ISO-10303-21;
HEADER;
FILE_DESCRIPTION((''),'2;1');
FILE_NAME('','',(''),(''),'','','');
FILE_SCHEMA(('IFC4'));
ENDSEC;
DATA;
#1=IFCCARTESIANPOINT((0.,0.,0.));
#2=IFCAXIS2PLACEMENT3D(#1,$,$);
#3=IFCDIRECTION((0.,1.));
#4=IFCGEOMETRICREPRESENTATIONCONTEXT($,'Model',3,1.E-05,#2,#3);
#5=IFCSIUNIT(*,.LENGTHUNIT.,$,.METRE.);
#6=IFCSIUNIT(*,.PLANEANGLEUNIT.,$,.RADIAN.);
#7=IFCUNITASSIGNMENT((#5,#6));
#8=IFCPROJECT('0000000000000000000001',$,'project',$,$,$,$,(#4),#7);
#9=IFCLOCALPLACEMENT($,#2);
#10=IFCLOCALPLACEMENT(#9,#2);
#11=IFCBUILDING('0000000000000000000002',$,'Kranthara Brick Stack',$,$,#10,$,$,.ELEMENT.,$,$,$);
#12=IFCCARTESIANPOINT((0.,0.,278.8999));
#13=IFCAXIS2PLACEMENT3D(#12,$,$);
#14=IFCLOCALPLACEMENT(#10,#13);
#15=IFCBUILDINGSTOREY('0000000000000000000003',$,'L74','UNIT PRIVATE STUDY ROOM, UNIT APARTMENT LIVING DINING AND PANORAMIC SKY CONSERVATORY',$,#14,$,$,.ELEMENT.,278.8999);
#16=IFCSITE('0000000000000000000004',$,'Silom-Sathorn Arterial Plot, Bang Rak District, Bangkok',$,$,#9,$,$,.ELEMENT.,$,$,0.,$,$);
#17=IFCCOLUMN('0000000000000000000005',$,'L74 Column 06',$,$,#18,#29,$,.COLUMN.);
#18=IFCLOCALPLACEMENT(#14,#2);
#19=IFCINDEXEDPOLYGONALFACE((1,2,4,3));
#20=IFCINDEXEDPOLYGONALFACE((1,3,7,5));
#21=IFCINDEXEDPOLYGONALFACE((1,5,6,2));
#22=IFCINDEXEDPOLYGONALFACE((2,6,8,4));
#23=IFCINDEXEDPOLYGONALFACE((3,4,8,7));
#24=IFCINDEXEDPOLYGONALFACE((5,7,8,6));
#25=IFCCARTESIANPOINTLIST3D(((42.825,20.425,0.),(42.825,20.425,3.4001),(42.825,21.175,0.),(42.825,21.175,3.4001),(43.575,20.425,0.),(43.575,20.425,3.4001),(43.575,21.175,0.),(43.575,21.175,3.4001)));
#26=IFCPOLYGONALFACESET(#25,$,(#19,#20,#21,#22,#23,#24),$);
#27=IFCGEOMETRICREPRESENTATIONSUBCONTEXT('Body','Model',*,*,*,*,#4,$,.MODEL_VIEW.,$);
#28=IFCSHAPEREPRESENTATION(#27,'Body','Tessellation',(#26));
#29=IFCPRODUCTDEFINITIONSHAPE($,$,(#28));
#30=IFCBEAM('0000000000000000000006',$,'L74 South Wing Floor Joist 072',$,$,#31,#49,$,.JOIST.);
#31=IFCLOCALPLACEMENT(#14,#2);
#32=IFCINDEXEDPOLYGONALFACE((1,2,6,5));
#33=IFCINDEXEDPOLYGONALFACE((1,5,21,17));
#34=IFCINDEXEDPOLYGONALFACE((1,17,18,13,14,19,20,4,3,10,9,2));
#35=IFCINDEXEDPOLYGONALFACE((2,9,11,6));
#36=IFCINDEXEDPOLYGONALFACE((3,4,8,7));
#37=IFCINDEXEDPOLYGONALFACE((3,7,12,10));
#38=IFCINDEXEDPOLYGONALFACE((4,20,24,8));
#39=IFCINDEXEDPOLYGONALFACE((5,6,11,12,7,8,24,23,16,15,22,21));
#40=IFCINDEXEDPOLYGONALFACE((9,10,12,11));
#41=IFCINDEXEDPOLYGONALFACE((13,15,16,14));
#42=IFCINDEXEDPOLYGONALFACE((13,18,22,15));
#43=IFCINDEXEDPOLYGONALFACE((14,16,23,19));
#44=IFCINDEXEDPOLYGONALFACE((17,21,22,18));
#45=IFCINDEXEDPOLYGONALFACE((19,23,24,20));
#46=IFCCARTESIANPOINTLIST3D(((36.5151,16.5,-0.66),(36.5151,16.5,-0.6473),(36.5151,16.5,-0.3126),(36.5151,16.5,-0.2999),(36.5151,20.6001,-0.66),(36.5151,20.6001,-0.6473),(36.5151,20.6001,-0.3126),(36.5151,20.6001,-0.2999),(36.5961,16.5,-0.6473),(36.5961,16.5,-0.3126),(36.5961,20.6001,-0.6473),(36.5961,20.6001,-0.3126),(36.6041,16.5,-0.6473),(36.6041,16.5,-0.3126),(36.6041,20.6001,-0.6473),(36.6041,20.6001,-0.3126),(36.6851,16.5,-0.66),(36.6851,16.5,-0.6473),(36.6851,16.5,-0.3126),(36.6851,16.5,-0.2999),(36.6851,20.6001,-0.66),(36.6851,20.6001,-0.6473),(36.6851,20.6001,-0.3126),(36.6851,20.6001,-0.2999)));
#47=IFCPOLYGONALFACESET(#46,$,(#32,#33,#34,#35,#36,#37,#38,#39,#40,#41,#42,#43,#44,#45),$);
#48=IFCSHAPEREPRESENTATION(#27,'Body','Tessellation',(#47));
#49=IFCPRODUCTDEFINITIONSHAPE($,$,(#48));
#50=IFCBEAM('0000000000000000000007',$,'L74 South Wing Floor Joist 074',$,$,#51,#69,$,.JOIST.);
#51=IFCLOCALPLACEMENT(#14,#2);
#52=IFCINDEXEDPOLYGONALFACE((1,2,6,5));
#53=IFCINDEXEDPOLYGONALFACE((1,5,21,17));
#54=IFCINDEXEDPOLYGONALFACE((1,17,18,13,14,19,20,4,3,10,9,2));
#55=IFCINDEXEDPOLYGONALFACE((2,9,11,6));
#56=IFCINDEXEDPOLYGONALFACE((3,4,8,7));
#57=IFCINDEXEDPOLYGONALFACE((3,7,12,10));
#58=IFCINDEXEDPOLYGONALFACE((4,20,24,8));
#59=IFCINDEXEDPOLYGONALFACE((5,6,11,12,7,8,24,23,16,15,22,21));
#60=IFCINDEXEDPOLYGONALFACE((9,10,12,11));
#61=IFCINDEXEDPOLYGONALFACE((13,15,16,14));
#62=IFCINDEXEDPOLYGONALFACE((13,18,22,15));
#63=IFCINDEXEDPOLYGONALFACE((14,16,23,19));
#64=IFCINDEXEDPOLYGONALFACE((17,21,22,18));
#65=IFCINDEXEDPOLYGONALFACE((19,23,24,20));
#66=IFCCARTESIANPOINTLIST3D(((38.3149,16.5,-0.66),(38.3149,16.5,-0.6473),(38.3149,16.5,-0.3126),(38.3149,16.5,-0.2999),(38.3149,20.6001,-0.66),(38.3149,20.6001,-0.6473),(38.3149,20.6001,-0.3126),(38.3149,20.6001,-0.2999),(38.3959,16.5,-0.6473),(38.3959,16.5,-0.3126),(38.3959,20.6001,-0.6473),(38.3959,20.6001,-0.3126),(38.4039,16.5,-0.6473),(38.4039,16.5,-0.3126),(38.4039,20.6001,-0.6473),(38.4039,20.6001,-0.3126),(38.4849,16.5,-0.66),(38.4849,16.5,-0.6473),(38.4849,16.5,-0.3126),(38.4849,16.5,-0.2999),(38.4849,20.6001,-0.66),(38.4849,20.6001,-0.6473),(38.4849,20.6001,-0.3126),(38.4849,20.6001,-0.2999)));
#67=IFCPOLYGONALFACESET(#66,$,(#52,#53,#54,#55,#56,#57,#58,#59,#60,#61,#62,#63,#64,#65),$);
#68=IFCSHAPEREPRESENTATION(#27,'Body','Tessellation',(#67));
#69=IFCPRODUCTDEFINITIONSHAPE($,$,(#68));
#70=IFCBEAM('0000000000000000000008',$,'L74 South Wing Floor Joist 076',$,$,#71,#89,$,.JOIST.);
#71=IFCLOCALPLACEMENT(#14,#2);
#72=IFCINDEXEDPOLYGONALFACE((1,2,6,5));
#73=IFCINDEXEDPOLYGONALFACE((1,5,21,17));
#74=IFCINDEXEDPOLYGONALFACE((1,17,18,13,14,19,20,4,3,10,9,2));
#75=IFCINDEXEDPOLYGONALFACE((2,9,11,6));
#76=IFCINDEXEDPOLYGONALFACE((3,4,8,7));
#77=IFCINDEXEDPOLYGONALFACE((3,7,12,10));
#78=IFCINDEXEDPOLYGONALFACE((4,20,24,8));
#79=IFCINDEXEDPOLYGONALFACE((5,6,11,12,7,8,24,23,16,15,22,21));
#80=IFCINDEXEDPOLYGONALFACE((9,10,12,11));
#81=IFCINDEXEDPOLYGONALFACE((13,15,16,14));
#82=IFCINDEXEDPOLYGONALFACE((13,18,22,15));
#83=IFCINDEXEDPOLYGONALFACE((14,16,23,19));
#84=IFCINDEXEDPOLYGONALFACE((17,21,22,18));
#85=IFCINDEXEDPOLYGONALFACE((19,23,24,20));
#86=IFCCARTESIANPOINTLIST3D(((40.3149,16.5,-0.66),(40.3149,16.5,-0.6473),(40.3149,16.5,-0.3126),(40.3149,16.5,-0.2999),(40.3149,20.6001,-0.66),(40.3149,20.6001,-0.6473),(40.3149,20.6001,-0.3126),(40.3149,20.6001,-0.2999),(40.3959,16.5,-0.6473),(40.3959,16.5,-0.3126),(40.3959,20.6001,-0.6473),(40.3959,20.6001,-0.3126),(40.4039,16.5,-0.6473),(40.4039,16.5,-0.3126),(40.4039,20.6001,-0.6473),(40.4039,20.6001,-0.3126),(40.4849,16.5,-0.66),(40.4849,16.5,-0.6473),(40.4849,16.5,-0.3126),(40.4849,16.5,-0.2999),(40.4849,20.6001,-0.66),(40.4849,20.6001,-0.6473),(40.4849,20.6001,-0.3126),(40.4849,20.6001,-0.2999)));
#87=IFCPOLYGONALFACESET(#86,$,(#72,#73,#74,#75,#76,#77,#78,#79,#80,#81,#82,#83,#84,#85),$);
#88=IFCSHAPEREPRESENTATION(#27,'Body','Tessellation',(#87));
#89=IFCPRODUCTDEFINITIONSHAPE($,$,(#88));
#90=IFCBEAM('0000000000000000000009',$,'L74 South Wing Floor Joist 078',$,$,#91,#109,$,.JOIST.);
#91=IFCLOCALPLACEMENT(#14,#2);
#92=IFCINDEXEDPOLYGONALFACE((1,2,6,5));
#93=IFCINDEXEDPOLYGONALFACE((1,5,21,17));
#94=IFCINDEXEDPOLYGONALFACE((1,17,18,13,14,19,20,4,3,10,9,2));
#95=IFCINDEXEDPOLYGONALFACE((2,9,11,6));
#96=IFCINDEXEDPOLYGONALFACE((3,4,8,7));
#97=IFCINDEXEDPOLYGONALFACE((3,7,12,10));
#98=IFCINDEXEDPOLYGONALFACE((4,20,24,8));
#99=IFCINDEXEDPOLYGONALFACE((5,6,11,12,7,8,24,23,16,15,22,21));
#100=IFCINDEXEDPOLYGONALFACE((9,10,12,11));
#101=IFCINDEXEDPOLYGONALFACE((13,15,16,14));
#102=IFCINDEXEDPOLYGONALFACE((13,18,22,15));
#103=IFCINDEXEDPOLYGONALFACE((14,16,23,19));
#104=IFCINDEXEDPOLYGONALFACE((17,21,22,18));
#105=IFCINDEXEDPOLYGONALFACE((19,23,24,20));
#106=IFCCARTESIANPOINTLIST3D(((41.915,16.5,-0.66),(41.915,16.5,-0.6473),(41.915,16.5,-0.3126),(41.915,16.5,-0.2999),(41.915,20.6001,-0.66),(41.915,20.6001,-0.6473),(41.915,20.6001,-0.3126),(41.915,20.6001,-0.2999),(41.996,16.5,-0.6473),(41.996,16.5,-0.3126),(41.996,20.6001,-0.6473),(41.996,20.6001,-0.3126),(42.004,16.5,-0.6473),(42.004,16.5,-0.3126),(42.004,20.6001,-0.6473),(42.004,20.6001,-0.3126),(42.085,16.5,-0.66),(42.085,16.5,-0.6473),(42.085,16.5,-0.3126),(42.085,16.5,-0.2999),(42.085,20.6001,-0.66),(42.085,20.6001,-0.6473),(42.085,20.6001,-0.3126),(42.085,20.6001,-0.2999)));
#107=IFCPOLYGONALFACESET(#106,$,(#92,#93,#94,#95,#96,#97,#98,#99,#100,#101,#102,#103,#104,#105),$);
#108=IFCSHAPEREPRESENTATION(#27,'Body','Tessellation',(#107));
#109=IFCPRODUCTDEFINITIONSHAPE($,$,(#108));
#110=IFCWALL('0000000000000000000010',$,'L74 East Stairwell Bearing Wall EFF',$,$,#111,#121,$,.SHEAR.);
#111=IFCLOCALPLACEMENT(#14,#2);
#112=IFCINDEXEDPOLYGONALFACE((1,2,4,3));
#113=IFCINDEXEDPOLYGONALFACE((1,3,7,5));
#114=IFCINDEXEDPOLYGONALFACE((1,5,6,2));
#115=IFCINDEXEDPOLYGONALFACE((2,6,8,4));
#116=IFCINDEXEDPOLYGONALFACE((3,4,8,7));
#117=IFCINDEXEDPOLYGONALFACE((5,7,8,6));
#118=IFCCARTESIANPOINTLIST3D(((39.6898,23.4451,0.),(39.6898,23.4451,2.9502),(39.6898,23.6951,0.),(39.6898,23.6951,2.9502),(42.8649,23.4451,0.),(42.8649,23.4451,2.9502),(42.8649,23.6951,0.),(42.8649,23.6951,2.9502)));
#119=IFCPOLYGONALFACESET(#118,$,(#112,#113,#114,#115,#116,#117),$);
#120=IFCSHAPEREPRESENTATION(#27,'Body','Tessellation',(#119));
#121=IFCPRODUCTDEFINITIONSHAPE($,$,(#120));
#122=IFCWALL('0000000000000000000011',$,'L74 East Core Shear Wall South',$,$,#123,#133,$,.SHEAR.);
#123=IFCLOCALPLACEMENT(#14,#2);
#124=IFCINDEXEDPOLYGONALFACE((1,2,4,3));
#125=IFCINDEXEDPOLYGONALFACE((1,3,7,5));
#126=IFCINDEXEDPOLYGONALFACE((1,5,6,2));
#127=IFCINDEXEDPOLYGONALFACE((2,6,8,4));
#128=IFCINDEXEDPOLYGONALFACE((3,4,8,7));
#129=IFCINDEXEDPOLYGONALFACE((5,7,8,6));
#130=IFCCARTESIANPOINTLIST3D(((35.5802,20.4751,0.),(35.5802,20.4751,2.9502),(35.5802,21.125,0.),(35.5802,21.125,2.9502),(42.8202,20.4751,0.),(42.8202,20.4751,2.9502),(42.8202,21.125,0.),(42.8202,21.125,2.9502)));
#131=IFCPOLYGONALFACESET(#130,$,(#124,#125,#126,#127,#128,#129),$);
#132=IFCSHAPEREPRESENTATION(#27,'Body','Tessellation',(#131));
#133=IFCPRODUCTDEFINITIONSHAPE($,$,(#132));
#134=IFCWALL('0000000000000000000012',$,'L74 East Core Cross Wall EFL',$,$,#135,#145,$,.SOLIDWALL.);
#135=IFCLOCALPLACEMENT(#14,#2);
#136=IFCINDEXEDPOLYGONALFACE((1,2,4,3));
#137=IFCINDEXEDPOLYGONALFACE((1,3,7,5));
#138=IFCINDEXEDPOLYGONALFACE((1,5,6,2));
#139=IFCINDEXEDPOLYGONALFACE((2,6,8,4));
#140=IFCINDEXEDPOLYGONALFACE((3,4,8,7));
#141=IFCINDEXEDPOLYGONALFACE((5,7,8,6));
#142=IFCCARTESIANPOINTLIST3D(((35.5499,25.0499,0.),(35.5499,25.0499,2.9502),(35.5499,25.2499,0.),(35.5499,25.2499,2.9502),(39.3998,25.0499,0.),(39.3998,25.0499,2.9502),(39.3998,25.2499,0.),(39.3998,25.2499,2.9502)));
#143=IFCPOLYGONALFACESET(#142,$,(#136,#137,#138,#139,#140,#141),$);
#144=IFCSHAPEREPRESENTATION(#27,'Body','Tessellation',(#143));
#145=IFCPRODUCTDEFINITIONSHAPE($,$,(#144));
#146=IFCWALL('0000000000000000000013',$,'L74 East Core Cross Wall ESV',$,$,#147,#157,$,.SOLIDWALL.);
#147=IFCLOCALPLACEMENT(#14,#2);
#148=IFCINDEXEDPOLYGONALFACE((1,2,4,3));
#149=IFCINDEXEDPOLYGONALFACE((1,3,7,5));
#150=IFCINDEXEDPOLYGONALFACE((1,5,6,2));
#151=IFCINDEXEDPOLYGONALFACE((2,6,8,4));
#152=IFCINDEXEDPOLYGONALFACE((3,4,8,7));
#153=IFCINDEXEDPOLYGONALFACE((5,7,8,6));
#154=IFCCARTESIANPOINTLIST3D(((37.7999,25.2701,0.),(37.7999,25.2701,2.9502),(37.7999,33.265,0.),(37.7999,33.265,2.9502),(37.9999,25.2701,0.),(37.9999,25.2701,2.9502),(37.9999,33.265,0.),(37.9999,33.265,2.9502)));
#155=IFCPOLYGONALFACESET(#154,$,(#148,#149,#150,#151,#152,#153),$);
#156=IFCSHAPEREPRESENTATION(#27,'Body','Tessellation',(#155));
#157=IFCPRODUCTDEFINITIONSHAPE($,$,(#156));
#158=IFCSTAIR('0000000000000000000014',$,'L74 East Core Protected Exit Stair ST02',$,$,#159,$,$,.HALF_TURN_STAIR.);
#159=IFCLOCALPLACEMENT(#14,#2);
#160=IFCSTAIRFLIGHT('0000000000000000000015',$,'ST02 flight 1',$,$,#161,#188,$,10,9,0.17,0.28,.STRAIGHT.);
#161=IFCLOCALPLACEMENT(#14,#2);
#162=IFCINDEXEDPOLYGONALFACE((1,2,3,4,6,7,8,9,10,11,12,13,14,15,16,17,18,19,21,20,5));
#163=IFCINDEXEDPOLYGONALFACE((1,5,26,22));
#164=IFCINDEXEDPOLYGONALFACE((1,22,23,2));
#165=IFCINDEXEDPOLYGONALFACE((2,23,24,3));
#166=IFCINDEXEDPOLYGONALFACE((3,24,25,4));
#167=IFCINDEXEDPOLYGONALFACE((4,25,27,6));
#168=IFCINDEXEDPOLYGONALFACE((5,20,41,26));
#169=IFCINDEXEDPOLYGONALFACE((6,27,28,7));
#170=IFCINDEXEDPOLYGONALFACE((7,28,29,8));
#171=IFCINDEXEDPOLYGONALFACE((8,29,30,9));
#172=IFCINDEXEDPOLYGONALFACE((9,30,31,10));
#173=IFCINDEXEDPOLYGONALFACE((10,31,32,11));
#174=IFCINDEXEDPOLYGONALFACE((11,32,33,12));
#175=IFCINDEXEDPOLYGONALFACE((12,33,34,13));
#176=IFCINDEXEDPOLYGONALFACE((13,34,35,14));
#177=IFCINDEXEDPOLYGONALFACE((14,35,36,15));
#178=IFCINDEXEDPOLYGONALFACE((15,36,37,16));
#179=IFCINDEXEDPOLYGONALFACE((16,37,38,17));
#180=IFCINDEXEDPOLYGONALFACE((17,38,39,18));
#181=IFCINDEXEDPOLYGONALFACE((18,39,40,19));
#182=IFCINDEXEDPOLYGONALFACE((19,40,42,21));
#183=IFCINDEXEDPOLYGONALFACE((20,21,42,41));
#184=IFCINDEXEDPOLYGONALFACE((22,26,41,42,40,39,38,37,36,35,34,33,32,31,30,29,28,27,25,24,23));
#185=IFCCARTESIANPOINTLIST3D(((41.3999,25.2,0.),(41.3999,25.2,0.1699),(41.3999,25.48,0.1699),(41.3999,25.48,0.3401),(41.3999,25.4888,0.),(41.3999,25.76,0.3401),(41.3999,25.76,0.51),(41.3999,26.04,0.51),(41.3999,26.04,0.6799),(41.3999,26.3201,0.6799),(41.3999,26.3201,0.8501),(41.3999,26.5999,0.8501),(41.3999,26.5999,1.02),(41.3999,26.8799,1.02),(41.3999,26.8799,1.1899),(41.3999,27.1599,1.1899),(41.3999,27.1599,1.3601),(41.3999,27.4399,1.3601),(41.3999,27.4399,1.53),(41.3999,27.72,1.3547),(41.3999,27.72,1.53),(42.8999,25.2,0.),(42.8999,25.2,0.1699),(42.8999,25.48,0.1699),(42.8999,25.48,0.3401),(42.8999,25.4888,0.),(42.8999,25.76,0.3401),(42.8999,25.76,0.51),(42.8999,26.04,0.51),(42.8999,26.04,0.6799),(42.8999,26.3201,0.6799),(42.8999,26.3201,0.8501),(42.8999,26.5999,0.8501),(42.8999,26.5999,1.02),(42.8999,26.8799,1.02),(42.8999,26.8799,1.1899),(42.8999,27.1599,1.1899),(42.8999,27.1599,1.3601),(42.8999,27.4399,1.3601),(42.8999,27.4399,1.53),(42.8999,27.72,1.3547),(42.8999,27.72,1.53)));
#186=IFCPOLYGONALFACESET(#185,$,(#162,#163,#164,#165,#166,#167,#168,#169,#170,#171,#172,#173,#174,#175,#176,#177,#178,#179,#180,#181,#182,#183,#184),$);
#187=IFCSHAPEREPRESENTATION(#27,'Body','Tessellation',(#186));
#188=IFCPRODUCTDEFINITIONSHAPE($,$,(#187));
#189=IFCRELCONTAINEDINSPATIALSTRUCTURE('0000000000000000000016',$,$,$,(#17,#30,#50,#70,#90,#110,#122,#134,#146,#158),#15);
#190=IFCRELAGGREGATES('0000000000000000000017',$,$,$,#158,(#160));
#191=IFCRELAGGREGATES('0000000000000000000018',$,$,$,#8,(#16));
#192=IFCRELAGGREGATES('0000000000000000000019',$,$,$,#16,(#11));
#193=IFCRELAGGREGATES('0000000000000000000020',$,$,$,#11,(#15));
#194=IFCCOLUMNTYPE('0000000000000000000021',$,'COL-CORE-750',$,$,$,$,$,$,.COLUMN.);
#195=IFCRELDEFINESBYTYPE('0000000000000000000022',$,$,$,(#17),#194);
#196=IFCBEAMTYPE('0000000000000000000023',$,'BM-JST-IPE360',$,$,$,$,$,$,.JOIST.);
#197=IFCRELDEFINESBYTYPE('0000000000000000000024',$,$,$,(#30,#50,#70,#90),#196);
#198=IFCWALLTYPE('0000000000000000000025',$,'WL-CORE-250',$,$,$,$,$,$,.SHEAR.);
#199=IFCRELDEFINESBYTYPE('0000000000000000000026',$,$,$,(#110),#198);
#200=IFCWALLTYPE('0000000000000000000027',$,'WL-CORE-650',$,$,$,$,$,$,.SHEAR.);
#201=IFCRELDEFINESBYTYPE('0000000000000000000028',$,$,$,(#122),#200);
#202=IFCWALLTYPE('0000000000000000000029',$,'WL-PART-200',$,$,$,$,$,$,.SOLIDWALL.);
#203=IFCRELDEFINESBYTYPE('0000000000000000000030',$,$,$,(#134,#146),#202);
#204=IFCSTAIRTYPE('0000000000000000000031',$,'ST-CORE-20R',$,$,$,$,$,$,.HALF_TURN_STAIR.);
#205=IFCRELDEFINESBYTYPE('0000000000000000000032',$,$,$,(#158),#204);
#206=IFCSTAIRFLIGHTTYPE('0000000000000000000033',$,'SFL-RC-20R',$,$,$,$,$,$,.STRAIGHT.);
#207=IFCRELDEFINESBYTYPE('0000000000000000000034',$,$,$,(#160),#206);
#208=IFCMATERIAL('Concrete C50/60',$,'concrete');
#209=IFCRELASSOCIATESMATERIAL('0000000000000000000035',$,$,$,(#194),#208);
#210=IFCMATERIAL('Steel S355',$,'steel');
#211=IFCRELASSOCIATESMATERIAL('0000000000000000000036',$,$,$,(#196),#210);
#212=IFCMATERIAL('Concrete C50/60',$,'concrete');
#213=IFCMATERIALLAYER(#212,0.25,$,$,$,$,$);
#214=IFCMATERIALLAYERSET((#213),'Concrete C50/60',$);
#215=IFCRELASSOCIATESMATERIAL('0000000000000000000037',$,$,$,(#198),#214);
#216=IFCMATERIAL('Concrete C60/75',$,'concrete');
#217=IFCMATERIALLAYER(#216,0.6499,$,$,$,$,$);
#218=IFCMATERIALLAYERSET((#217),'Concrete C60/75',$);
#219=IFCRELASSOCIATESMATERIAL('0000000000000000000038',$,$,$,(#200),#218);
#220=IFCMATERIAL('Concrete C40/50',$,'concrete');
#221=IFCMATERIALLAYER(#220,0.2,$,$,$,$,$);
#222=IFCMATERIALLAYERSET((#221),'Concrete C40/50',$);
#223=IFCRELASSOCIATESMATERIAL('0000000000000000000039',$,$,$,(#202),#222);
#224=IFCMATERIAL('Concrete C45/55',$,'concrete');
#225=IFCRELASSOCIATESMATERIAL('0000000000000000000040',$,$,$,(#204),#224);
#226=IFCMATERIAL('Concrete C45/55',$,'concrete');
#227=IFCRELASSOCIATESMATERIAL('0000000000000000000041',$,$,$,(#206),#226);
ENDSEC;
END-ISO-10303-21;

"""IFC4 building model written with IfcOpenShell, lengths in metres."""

from ifc_helpers import new_model, si_unit, direction, frame, frame_2d, origin, origin_2d, place, context, subcontext, project, spatial, polyline, rectangle, i_section, outline, extrude, material, layer, layer_set, material_profile, profile_set, type_object, element, aggregate, save


model = new_model("IFC4")

# Units and contexts
model_context = context("Model", 3, precision=1e-05, world=origin(), true_north=direction((0.0, 1.0)))
body_context = subcontext(model_context, "Body", "Model", "MODEL_VIEW")
ifc_project = project(units=[si_unit("LENGTHUNIT", "METRE"), si_unit("PLANEANGLEUNIT", "RADIAN")], contexts=[model_context])

# Site, building, storey
site_placement = place(None, origin())
site = spatial("IfcSite", under=ifc_project, at=site_placement, Name="Silom-Sathorn Arterial Plot, Bang Rak District, Bangkok", CompositionType="ELEMENT", RefElevation=0.0)
building_placement = place(site_placement, origin())
building = spatial("IfcBuilding", under=site, at=building_placement, Name="Kranthara Brick Stack", CompositionType="ELEMENT")
storey_placement = place(building_placement, frame((0.0, 0.0, 278.8999)))
storey = spatial("IfcBuildingStorey", under=building, at=storey_placement, Name="L74", Description="UNIT PRIVATE STUDY ROOM, UNIT APARTMENT LIVING DINING AND PANORAMIC SKY CONSERVATORY", CompositionType="ELEMENT", Elevation=278.8999)

# Column
ifc_material_1 = material(Name="Concrete C50/60", Category="concrete")
ifc_material_profile_1 = material_profile(ifc_material_1, rectangle(XDim=0.75, YDim=0.75, at=origin_2d()), Name="RC 750x750")
ifc_profile_set_1 = profile_set([ifc_material_profile_1], Name="Concrete C50/60")
column_type = type_object("IfcColumnType", Name="COL-CORE-750", PredefinedType="COLUMN", material=ifc_profile_set_1)
column_placement = place(storey_placement, frame((43.2, 20.8, 0.0), z_axis=(0.0, 0.0, 1.0), x_axis=(1.0, 0.0, 0.0)))
element("IfcColumn", 1, at=column_placement, inside=storey, type_object=column_type, Name="L74 Column 06", PredefinedType="COLUMN", context=body_context, shape_type="SweptSolid", body=[
    extrude(rectangle(XDim=0.75, YDim=0.75, at=origin_2d()), origin(), (0.0, 0.0, 1.0), 3.4001),
])

# Beams
ifc_material_2 = material(Name="Steel S355", Category="steel")
ifc_material_profile_2 = material_profile(ifc_material_2, i_section(OverallWidth=0.1699, OverallDepth=0.3601, WebThickness=0.0081, FlangeThickness=0.0127, at=origin_2d()), Name="IPE 360")
ifc_profile_set_2 = profile_set([ifc_material_profile_2], Name="Steel S355")
beam_type = type_object("IfcBeamType", Name="BM-JST-IPE360", PredefinedType="JOIST", material=ifc_profile_set_2)
for number, where, z_axis, x_axis, name in (
    (2, (36.6001, 16.5, -0.48), (0.0, 1.0, 0.0), (-1.0, 0.0, 0.0), "L74 South Wing Floor Joist 072"),
    (3, (38.3999, 16.5, -0.48), (0.0, 1.0, 0.0), (-1.0, 0.0, 0.0), "L74 South Wing Floor Joist 074"),
    (4, (40.3999, 16.5, -0.48), (0.0, 1.0, 0.0), (-1.0, 0.0, 0.0), "L74 South Wing Floor Joist 076"),
    (5, (42.0, 16.5, -0.48), (0.0, 1.0, 0.0), (-1.0, 0.0, 0.0), "L74 South Wing Floor Joist 078"),
):
    element("IfcBeam", number, at=place(storey_placement, frame(where, z_axis=z_axis, x_axis=x_axis)), inside=storey, type_object=beam_type, Name=name, PredefinedType="JOIST", context=body_context, shape_type="SweptSolid", body=[
        extrude(i_section(OverallWidth=0.1699, OverallDepth=0.3601, WebThickness=0.0081, FlangeThickness=0.0127, at=origin_2d()), origin(), (0.0, 0.0, 1.0), 4.1001),
    ])

# Shared definitions
ifc_material_3 = material(Name="Concrete C50/60", Category="concrete")
ifc_layer_1 = layer(ifc_material_3, 0.25)
ifc_layer_set_1 = layer_set([ifc_layer_1], Name="Concrete C50/60")
wall_type_1 = type_object("IfcWallType", Name="WL-CORE-250", PredefinedType="SHEAR", material=ifc_layer_set_1)

# Walls
wall_1_placement = place(storey_placement, frame((39.6899, 23.5701, 0.0), z_axis=(0.0, 0.0, 1.0), x_axis=(1.0, 0.0, 0.0)))
element("IfcWall", 6, at=wall_1_placement, inside=storey, type_object=wall_type_1, Name="L74 East Stairwell Bearing Wall EFF", PredefinedType="SHEAR", context=body_context, shape_type="SweptSolid", body=[
    extrude(rectangle(XDim=3.175, YDim=0.25, at=frame_2d((1.5874, 0.0))), origin(), (0.0, 0.0, 1.0), 2.9502),
])
ifc_material_4 = material(Name="Concrete C60/75", Category="concrete")
ifc_layer_2 = layer(ifc_material_4, 0.6499)
ifc_layer_set_2 = layer_set([ifc_layer_2], Name="Concrete C60/75")
wall_type_2 = type_object("IfcWallType", Name="WL-CORE-650", PredefinedType="SHEAR", material=ifc_layer_set_2)
wall_2_placement = place(storey_placement, frame((35.5801, 20.8, 0.0), z_axis=(0.0, 0.0, 1.0), x_axis=(1.0, 0.0, 0.0)))
element("IfcWall", 7, at=wall_2_placement, inside=storey, type_object=wall_type_2, Name="L74 East Core Shear Wall South", PredefinedType="SHEAR", context=body_context, shape_type="SweptSolid", body=[
    extrude(rectangle(XDim=7.24, YDim=0.6499, at=frame_2d((3.6201, 0.0))), origin(), (0.0, 0.0, 1.0), 2.9502),
])
ifc_material_5 = material(Name="Concrete C40/50", Category="concrete")
ifc_layer_3 = layer(ifc_material_5, 0.2)
ifc_layer_set_3 = layer_set([ifc_layer_3], Name="Concrete C40/50")
wall_type_3 = type_object("IfcWallType", Name="WL-PART-200", PredefinedType="SOLIDWALL", material=ifc_layer_set_3)
wall_3_placement = place(storey_placement, frame((35.55, 25.1499, 0.0), z_axis=(0.0, 0.0, 1.0), x_axis=(1.0, 0.0, 0.0)))
element("IfcWall", 8, at=wall_3_placement, inside=storey, type_object=wall_type_3, Name="L74 East Core Cross Wall EFL", PredefinedType="SOLIDWALL", context=body_context, shape_type="SweptSolid", body=[
    extrude(rectangle(XDim=3.8499, YDim=0.2, at=frame_2d((1.9248, 0.0))), origin(), (0.0, 0.0, 1.0), 2.9502),
])
wall_4_placement = place(storey_placement, frame((37.8999, 25.27, 0.0), z_axis=(0.0, 0.0, 1.0), x_axis=(0.0, 1.0, 0.0)))
element("IfcWall", 9, at=wall_4_placement, inside=storey, type_object=wall_type_3, Name="L74 East Core Cross Wall ESV", PredefinedType="SOLIDWALL", context=body_context, shape_type="SweptSolid", body=[
    extrude(rectangle(XDim=7.9949, YDim=0.2, at=frame_2d((3.9976, 0.0))), origin(), (0.0, 0.0, 1.0), 2.9502),
])

# Stair, stair flight
ifc_material_6 = material(Name="Concrete C45/55", Category="concrete")
stair_type = type_object("IfcStairType", Name="ST-CORE-20R", PredefinedType="HALF_TURN_STAIR", material=ifc_material_6)
stair_placement = place(storey_placement, origin())
stair = element("IfcStair", 10, at=stair_placement, inside=storey, type_object=stair_type, Name="L74 East Core Protected Exit Stair ST02", PredefinedType="HALF_TURN_STAIR")
ifc_material_7 = material(Name="Concrete C45/55", Category="concrete")
stair_flight_type = type_object("IfcStairFlightType", Name="SFL-RC-20R", PredefinedType="STRAIGHT", material=ifc_material_7)
stair_flight_placement = place(storey_placement, frame((42.1499, 25.2, 0.0), z_axis=(0.0, 0.0, 1.0), x_axis=(0.0, 1.0, 0.0)))
stair_flight = element("IfcStairFlight", 11, at=stair_flight_placement, type_object=stair_flight_type, Name="ST02 flight 1", NumberOfRisers=10, NumberOfTreads=9, PredefinedType="STRAIGHT", RiserHeight=0.17, TreadLength=0.28, context=body_context, shape_type="SweptSolid", body=[
    extrude(outline(polyline([(0.0, 0.0), (0.0, 0.1699), (0.28, 0.1699), (0.28, 0.3401), (0.5601, 0.3401), (0.5601, 0.51), (0.8401, 0.51), (0.8401, 0.6799), (1.1201, 0.6799), (1.1201, 0.8501), (1.3999, 0.8501), (1.3999, 1.02), (1.6799, 1.02), (1.6799, 1.1899), (1.96, 1.1899), (1.96, 1.3601), (2.24, 1.3601), (2.24, 1.53), (2.52, 1.53), (2.52, 1.7), (2.52, 1.3547), (0.2888, 0.0), (0.0, 0.0)])), frame((0.0, 0.75, 0.0), z_axis=(0.0, -1.0, 0.0), x_axis=(1.0, 0.0, 0.0)), (0.0, 0.0, 1.0), 1.5),
])
aggregate(stair, [stair_flight])

save(model, "model.ifc")
